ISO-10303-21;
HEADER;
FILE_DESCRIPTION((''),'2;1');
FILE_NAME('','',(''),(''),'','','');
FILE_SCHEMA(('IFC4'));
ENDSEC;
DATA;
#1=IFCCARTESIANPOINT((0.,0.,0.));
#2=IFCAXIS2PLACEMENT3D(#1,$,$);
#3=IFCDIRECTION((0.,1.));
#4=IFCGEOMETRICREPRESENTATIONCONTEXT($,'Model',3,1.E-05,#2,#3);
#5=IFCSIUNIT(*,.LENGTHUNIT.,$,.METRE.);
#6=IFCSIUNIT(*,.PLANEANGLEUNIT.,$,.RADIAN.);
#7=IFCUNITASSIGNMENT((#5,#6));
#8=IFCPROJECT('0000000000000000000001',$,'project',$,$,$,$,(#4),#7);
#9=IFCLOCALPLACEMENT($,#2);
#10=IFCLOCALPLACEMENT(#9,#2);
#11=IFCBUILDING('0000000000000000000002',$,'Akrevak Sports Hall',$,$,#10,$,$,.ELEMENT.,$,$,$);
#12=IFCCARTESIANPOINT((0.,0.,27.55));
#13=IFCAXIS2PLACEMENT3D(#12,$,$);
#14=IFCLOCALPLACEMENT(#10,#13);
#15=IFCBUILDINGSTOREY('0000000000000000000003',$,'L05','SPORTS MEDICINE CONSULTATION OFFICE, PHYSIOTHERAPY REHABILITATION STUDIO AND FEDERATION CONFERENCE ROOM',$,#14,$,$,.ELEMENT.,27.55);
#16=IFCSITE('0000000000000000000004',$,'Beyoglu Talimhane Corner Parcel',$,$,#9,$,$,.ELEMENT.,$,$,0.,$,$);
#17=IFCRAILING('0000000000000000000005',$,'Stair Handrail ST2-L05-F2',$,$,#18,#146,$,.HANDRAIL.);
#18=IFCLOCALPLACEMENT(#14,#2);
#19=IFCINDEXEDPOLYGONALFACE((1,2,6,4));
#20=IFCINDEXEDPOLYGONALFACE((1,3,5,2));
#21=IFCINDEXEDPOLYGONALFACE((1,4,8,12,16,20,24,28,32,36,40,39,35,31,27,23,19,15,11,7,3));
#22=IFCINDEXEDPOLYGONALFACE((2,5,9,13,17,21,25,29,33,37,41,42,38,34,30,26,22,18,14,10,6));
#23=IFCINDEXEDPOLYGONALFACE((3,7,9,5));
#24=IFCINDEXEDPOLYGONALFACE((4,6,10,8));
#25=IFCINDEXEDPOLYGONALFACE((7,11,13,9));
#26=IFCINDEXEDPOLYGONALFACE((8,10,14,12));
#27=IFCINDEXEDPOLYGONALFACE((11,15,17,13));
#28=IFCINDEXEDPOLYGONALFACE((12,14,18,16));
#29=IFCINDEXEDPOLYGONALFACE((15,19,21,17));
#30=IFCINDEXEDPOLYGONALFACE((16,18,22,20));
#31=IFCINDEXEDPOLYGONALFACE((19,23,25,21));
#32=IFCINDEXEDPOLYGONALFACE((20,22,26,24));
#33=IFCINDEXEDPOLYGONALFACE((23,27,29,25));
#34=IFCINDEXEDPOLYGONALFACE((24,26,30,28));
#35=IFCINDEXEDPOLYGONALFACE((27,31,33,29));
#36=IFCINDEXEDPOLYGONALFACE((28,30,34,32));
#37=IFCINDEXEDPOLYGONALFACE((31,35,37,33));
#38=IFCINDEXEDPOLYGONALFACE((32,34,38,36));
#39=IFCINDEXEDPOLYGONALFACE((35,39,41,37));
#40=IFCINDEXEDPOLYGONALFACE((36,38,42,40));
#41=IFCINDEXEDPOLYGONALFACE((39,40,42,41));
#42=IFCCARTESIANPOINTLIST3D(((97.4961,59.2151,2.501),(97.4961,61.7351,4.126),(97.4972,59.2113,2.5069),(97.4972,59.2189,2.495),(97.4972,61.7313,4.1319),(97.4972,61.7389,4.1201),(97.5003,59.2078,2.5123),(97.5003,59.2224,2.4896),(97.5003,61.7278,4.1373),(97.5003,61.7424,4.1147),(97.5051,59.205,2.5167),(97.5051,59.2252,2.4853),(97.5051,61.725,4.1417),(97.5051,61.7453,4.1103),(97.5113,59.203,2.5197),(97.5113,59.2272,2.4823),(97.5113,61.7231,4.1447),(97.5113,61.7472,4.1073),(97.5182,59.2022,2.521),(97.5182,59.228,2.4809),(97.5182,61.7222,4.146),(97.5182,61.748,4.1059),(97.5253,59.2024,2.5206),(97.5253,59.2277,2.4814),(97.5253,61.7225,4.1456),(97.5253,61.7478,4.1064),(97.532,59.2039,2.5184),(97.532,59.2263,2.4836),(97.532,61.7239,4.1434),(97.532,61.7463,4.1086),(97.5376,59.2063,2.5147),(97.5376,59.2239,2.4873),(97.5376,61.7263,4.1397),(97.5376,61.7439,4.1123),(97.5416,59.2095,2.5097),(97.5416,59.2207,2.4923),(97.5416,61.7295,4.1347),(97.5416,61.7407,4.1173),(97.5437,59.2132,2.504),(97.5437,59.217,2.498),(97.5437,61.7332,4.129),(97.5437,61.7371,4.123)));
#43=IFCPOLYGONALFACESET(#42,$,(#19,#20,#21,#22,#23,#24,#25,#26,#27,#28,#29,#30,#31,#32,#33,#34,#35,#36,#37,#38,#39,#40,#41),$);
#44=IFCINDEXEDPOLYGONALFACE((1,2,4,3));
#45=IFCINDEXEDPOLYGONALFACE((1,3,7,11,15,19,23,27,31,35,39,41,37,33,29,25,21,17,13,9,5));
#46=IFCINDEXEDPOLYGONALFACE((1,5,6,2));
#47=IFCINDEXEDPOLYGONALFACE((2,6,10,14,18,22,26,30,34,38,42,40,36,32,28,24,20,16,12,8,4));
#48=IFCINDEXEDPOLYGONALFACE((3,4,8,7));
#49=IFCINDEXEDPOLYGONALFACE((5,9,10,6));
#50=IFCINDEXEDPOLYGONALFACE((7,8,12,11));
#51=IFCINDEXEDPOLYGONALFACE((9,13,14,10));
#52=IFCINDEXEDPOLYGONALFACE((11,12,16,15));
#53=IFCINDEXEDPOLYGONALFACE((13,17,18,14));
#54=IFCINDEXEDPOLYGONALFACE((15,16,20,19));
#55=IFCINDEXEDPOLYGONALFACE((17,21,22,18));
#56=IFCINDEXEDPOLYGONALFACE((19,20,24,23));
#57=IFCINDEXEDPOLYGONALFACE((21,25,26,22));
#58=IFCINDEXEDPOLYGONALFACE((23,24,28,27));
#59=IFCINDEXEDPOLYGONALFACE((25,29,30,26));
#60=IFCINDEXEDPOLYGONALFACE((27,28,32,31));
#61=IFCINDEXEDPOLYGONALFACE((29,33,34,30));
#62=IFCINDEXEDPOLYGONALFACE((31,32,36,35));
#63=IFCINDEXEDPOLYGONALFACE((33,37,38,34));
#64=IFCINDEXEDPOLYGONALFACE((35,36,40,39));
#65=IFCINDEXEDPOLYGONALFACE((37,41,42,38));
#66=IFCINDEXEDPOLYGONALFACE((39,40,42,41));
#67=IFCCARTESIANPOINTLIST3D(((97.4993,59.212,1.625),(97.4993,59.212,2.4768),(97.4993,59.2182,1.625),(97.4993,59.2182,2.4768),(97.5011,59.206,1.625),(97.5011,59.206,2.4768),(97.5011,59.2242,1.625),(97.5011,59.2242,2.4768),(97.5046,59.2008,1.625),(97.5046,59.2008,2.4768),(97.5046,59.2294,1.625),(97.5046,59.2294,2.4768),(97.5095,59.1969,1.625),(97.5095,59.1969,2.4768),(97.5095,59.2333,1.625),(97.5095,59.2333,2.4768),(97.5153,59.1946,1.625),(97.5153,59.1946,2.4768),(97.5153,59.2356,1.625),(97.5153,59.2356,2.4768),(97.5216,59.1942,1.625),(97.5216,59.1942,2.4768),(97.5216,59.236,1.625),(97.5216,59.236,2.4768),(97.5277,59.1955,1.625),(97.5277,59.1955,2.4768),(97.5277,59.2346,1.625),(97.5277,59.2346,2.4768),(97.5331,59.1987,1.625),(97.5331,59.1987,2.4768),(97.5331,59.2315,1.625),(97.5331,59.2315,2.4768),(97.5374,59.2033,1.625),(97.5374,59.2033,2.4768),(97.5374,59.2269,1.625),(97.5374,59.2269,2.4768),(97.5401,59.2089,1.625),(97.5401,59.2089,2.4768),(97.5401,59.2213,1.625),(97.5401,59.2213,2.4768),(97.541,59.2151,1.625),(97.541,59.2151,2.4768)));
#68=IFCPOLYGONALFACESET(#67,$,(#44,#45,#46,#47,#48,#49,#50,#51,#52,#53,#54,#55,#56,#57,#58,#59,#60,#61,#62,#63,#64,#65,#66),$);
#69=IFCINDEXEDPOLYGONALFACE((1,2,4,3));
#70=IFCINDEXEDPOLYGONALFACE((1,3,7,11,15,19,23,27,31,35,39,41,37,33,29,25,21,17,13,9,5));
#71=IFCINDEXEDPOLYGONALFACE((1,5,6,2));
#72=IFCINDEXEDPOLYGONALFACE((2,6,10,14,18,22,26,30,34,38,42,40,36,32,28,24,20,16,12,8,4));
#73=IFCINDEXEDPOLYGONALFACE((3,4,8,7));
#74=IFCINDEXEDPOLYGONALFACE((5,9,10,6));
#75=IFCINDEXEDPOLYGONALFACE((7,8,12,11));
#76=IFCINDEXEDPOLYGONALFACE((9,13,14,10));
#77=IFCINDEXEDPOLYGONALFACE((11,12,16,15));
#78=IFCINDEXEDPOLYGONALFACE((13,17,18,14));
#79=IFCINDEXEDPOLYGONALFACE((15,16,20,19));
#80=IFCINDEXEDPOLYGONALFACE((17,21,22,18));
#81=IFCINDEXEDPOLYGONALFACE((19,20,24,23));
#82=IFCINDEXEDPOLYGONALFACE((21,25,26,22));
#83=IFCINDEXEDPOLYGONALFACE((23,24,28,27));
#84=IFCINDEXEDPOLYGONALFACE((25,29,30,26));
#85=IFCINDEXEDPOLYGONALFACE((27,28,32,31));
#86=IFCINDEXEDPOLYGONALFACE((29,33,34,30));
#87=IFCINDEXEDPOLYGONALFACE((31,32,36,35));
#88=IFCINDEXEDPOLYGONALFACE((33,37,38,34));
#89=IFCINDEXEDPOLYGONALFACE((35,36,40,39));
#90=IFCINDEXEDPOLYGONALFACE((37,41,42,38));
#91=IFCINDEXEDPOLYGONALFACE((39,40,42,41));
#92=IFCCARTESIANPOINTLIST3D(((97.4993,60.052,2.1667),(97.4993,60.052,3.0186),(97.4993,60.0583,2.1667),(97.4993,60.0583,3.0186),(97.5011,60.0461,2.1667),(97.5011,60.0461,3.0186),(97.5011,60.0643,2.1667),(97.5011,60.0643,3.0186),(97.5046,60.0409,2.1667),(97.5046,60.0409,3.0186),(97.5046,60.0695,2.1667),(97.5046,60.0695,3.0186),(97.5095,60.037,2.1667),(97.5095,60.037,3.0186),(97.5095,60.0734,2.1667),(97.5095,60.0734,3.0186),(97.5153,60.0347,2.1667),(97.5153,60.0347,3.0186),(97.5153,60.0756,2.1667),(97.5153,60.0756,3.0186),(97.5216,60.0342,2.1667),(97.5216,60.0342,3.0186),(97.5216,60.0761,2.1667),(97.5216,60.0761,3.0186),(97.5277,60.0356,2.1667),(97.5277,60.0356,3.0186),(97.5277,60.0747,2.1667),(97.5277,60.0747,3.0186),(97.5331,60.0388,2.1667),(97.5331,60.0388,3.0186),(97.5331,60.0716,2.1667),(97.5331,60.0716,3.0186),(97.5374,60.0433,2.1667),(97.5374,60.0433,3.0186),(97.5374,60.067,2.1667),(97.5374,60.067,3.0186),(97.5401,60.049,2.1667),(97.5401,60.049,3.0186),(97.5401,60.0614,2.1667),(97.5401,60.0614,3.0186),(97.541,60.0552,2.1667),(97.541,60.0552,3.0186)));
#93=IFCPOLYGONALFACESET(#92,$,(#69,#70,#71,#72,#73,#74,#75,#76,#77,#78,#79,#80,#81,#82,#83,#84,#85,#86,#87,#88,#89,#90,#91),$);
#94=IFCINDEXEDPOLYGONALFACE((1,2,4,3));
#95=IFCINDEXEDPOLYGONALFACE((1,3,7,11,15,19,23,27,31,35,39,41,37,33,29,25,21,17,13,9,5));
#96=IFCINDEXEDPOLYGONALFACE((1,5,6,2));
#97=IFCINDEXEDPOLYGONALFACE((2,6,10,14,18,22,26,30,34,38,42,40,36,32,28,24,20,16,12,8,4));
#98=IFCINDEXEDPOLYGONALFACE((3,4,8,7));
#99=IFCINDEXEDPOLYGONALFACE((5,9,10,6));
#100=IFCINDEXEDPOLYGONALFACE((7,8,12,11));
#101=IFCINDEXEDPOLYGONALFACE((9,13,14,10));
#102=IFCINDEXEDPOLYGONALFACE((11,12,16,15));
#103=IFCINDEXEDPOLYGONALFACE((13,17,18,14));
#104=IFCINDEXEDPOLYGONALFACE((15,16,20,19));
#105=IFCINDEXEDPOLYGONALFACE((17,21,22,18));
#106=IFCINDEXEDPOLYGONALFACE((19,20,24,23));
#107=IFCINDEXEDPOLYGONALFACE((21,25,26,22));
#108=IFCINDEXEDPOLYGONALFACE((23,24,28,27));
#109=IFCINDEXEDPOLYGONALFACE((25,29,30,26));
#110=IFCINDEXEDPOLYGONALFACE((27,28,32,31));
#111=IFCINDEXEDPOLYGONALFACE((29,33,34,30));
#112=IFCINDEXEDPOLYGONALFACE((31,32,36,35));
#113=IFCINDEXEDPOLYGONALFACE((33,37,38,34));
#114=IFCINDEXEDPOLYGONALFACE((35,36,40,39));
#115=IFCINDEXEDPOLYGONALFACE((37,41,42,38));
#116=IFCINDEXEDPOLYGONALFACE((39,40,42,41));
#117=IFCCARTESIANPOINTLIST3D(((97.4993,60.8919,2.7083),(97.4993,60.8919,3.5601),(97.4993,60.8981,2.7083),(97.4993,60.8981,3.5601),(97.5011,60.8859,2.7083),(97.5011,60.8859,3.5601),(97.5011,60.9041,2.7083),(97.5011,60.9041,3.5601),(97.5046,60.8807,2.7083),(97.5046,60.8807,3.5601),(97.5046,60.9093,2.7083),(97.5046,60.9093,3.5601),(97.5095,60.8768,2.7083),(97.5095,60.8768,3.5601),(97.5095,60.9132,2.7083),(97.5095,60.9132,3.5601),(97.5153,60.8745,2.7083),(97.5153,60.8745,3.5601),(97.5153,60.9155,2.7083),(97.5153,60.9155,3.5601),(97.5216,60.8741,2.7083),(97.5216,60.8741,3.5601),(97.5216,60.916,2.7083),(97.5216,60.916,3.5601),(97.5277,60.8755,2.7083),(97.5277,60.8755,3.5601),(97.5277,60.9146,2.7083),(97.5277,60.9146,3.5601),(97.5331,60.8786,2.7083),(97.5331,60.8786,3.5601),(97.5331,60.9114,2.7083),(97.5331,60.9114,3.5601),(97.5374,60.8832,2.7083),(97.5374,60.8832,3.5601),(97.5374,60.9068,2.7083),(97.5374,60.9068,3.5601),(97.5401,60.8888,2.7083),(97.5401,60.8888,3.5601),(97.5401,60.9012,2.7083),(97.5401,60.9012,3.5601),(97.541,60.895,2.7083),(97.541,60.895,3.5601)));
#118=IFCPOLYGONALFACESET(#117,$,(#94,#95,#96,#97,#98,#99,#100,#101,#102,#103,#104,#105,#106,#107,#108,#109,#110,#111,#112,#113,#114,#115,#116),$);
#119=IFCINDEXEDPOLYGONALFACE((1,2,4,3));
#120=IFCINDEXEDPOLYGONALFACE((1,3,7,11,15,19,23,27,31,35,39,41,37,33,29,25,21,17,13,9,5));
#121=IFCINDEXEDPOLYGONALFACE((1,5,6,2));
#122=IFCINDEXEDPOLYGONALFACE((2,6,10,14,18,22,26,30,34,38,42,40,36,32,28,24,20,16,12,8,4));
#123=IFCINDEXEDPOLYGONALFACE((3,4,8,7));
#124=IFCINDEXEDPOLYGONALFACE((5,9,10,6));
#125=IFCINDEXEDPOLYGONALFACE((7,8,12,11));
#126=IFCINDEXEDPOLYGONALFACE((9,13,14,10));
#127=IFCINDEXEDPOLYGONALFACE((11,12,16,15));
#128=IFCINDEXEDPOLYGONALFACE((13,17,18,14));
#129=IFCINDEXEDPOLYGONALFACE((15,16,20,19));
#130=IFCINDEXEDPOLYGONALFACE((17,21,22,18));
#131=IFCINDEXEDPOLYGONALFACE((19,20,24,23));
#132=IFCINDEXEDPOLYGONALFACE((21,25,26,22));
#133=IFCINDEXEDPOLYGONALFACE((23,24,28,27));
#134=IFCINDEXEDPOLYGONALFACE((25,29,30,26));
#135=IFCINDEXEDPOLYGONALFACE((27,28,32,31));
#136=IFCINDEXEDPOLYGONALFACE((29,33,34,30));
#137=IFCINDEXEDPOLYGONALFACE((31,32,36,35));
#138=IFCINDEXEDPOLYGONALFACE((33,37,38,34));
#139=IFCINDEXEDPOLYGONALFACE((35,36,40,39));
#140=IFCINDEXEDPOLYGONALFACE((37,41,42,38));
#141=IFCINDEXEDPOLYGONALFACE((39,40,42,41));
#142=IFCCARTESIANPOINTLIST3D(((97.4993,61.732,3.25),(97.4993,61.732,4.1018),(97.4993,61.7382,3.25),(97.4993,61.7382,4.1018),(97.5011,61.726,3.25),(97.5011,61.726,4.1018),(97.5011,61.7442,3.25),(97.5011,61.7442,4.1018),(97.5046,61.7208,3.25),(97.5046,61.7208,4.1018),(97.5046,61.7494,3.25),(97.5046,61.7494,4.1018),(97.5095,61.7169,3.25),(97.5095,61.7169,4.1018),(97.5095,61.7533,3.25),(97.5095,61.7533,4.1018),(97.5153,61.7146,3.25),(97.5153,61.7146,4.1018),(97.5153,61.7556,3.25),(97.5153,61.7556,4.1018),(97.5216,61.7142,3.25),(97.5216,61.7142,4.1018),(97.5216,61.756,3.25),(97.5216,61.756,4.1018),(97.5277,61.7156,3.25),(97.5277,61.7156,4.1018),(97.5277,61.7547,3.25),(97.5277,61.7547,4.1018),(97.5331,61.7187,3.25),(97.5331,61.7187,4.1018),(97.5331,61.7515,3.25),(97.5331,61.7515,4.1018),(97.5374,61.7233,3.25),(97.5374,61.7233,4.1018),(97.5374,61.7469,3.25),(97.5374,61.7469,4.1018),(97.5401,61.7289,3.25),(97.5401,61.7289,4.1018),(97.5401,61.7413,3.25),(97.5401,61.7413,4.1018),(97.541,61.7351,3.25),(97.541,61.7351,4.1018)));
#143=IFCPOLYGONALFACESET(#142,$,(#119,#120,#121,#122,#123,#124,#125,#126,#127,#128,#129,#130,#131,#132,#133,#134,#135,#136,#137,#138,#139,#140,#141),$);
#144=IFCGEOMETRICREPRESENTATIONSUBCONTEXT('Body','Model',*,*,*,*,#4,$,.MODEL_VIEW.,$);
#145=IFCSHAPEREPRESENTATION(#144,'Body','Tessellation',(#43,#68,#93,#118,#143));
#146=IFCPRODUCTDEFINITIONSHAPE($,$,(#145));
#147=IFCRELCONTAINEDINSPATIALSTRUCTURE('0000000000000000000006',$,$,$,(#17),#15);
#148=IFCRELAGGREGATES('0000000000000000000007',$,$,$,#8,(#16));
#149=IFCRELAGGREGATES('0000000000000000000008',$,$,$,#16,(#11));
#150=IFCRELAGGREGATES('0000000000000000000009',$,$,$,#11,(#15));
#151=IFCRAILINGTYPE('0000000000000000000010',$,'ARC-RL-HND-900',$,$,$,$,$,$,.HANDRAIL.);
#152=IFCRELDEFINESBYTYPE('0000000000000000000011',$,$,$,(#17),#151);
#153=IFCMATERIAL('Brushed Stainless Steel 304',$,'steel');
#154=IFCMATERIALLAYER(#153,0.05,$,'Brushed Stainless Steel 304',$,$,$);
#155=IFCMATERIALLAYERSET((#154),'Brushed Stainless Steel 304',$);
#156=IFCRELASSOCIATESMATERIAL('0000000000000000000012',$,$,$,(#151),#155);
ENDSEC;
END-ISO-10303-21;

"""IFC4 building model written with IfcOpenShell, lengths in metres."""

from ifc_helpers import new_model, si_unit, direction, frame, origin, origin_2d, place, context, subcontext, project, spatial, circle, extrude, material, layer, layer_set, type_object, element, save


model = new_model("IFC4")

# Units and contexts
model_context = context("Model", 3, precision=1e-05, world=origin(), true_north=direction((0.0, 1.0)))
body_context = subcontext(model_context, "Body", "Model", "MODEL_VIEW")
ifc_project = project(units=[si_unit("LENGTHUNIT", "METRE"), si_unit("PLANEANGLEUNIT", "RADIAN")], contexts=[model_context])

# Site, building, storey
site_placement = place(None, origin())
site = spatial("IfcSite", under=ifc_project, at=site_placement, Name="Beyoglu Talimhane Corner Parcel", CompositionType="ELEMENT", RefElevation=0.0)
building_placement = place(site_placement, origin())
building = spatial("IfcBuilding", under=site, at=building_placement, Name="Akrevak Sports Hall", CompositionType="ELEMENT")
storey_placement = place(building_placement, frame((0.0, 0.0, 27.55)))
storey = spatial("IfcBuildingStorey", under=building, at=storey_placement, Name="L05", Description="SPORTS MEDICINE CONSULTATION OFFICE, PHYSIOTHERAPY REHABILITATION STUDIO AND FEDERATION CONFERENCE ROOM", CompositionType="ELEMENT", Elevation=27.55)

# Railing
ifc_material_1 = material(Name="Brushed Stainless Steel 304", Category="steel")
ifc_layer_1 = layer(ifc_material_1, 0.05, Name="Brushed Stainless Steel 304")
ifc_layer_set_1 = layer_set([ifc_layer_1], Name="Brushed Stainless Steel 304")
railing_type_1 = type_object("IfcRailingType", Name="ARC-RL-HND-900", PredefinedType="HANDRAIL", material=ifc_layer_set_1)
for number, where, name in (
    (1, (97.52, 59.2151, 1.625), "Stair Handrail ST2-L05-F2"),
):
    element("IfcRailing", number, at=place(storey_placement, frame(where)), inside=storey, type_object=railing_type_1, Name=name, PredefinedType="HANDRAIL", context=body_context, shape_type="SweptSolid", body=[
        extrude(circle(Radius=0.0239, at=origin_2d()), frame((0.0, 0.0, 0.876), z_axis=(0.0, 0.840421, 0.541934), x_axis=(-1.0, 0.0, 0.0)), (0.0, 0.0, 1.0), 2.9985),
        extrude(circle(Radius=0.021, at=origin_2d()), origin(), (0.0, 0.0, 1.0), 0.8518),
        extrude(circle(Radius=0.021, at=origin_2d()), frame((0.0, 0.8401, 0.5417)), (0.0, 0.0, 1.0), 0.8518),
        extrude(circle(Radius=0.021, at=origin_2d()), frame((0.0, 1.6799, 1.0833)), (0.0, 0.0, 1.0), 0.8518),
        extrude(circle(Radius=0.021, at=origin_2d()), frame((0.0, 2.52, 1.625)), (0.0, 0.0, 1.0), 0.8518),
    ])

save(model, "model.ifc")
